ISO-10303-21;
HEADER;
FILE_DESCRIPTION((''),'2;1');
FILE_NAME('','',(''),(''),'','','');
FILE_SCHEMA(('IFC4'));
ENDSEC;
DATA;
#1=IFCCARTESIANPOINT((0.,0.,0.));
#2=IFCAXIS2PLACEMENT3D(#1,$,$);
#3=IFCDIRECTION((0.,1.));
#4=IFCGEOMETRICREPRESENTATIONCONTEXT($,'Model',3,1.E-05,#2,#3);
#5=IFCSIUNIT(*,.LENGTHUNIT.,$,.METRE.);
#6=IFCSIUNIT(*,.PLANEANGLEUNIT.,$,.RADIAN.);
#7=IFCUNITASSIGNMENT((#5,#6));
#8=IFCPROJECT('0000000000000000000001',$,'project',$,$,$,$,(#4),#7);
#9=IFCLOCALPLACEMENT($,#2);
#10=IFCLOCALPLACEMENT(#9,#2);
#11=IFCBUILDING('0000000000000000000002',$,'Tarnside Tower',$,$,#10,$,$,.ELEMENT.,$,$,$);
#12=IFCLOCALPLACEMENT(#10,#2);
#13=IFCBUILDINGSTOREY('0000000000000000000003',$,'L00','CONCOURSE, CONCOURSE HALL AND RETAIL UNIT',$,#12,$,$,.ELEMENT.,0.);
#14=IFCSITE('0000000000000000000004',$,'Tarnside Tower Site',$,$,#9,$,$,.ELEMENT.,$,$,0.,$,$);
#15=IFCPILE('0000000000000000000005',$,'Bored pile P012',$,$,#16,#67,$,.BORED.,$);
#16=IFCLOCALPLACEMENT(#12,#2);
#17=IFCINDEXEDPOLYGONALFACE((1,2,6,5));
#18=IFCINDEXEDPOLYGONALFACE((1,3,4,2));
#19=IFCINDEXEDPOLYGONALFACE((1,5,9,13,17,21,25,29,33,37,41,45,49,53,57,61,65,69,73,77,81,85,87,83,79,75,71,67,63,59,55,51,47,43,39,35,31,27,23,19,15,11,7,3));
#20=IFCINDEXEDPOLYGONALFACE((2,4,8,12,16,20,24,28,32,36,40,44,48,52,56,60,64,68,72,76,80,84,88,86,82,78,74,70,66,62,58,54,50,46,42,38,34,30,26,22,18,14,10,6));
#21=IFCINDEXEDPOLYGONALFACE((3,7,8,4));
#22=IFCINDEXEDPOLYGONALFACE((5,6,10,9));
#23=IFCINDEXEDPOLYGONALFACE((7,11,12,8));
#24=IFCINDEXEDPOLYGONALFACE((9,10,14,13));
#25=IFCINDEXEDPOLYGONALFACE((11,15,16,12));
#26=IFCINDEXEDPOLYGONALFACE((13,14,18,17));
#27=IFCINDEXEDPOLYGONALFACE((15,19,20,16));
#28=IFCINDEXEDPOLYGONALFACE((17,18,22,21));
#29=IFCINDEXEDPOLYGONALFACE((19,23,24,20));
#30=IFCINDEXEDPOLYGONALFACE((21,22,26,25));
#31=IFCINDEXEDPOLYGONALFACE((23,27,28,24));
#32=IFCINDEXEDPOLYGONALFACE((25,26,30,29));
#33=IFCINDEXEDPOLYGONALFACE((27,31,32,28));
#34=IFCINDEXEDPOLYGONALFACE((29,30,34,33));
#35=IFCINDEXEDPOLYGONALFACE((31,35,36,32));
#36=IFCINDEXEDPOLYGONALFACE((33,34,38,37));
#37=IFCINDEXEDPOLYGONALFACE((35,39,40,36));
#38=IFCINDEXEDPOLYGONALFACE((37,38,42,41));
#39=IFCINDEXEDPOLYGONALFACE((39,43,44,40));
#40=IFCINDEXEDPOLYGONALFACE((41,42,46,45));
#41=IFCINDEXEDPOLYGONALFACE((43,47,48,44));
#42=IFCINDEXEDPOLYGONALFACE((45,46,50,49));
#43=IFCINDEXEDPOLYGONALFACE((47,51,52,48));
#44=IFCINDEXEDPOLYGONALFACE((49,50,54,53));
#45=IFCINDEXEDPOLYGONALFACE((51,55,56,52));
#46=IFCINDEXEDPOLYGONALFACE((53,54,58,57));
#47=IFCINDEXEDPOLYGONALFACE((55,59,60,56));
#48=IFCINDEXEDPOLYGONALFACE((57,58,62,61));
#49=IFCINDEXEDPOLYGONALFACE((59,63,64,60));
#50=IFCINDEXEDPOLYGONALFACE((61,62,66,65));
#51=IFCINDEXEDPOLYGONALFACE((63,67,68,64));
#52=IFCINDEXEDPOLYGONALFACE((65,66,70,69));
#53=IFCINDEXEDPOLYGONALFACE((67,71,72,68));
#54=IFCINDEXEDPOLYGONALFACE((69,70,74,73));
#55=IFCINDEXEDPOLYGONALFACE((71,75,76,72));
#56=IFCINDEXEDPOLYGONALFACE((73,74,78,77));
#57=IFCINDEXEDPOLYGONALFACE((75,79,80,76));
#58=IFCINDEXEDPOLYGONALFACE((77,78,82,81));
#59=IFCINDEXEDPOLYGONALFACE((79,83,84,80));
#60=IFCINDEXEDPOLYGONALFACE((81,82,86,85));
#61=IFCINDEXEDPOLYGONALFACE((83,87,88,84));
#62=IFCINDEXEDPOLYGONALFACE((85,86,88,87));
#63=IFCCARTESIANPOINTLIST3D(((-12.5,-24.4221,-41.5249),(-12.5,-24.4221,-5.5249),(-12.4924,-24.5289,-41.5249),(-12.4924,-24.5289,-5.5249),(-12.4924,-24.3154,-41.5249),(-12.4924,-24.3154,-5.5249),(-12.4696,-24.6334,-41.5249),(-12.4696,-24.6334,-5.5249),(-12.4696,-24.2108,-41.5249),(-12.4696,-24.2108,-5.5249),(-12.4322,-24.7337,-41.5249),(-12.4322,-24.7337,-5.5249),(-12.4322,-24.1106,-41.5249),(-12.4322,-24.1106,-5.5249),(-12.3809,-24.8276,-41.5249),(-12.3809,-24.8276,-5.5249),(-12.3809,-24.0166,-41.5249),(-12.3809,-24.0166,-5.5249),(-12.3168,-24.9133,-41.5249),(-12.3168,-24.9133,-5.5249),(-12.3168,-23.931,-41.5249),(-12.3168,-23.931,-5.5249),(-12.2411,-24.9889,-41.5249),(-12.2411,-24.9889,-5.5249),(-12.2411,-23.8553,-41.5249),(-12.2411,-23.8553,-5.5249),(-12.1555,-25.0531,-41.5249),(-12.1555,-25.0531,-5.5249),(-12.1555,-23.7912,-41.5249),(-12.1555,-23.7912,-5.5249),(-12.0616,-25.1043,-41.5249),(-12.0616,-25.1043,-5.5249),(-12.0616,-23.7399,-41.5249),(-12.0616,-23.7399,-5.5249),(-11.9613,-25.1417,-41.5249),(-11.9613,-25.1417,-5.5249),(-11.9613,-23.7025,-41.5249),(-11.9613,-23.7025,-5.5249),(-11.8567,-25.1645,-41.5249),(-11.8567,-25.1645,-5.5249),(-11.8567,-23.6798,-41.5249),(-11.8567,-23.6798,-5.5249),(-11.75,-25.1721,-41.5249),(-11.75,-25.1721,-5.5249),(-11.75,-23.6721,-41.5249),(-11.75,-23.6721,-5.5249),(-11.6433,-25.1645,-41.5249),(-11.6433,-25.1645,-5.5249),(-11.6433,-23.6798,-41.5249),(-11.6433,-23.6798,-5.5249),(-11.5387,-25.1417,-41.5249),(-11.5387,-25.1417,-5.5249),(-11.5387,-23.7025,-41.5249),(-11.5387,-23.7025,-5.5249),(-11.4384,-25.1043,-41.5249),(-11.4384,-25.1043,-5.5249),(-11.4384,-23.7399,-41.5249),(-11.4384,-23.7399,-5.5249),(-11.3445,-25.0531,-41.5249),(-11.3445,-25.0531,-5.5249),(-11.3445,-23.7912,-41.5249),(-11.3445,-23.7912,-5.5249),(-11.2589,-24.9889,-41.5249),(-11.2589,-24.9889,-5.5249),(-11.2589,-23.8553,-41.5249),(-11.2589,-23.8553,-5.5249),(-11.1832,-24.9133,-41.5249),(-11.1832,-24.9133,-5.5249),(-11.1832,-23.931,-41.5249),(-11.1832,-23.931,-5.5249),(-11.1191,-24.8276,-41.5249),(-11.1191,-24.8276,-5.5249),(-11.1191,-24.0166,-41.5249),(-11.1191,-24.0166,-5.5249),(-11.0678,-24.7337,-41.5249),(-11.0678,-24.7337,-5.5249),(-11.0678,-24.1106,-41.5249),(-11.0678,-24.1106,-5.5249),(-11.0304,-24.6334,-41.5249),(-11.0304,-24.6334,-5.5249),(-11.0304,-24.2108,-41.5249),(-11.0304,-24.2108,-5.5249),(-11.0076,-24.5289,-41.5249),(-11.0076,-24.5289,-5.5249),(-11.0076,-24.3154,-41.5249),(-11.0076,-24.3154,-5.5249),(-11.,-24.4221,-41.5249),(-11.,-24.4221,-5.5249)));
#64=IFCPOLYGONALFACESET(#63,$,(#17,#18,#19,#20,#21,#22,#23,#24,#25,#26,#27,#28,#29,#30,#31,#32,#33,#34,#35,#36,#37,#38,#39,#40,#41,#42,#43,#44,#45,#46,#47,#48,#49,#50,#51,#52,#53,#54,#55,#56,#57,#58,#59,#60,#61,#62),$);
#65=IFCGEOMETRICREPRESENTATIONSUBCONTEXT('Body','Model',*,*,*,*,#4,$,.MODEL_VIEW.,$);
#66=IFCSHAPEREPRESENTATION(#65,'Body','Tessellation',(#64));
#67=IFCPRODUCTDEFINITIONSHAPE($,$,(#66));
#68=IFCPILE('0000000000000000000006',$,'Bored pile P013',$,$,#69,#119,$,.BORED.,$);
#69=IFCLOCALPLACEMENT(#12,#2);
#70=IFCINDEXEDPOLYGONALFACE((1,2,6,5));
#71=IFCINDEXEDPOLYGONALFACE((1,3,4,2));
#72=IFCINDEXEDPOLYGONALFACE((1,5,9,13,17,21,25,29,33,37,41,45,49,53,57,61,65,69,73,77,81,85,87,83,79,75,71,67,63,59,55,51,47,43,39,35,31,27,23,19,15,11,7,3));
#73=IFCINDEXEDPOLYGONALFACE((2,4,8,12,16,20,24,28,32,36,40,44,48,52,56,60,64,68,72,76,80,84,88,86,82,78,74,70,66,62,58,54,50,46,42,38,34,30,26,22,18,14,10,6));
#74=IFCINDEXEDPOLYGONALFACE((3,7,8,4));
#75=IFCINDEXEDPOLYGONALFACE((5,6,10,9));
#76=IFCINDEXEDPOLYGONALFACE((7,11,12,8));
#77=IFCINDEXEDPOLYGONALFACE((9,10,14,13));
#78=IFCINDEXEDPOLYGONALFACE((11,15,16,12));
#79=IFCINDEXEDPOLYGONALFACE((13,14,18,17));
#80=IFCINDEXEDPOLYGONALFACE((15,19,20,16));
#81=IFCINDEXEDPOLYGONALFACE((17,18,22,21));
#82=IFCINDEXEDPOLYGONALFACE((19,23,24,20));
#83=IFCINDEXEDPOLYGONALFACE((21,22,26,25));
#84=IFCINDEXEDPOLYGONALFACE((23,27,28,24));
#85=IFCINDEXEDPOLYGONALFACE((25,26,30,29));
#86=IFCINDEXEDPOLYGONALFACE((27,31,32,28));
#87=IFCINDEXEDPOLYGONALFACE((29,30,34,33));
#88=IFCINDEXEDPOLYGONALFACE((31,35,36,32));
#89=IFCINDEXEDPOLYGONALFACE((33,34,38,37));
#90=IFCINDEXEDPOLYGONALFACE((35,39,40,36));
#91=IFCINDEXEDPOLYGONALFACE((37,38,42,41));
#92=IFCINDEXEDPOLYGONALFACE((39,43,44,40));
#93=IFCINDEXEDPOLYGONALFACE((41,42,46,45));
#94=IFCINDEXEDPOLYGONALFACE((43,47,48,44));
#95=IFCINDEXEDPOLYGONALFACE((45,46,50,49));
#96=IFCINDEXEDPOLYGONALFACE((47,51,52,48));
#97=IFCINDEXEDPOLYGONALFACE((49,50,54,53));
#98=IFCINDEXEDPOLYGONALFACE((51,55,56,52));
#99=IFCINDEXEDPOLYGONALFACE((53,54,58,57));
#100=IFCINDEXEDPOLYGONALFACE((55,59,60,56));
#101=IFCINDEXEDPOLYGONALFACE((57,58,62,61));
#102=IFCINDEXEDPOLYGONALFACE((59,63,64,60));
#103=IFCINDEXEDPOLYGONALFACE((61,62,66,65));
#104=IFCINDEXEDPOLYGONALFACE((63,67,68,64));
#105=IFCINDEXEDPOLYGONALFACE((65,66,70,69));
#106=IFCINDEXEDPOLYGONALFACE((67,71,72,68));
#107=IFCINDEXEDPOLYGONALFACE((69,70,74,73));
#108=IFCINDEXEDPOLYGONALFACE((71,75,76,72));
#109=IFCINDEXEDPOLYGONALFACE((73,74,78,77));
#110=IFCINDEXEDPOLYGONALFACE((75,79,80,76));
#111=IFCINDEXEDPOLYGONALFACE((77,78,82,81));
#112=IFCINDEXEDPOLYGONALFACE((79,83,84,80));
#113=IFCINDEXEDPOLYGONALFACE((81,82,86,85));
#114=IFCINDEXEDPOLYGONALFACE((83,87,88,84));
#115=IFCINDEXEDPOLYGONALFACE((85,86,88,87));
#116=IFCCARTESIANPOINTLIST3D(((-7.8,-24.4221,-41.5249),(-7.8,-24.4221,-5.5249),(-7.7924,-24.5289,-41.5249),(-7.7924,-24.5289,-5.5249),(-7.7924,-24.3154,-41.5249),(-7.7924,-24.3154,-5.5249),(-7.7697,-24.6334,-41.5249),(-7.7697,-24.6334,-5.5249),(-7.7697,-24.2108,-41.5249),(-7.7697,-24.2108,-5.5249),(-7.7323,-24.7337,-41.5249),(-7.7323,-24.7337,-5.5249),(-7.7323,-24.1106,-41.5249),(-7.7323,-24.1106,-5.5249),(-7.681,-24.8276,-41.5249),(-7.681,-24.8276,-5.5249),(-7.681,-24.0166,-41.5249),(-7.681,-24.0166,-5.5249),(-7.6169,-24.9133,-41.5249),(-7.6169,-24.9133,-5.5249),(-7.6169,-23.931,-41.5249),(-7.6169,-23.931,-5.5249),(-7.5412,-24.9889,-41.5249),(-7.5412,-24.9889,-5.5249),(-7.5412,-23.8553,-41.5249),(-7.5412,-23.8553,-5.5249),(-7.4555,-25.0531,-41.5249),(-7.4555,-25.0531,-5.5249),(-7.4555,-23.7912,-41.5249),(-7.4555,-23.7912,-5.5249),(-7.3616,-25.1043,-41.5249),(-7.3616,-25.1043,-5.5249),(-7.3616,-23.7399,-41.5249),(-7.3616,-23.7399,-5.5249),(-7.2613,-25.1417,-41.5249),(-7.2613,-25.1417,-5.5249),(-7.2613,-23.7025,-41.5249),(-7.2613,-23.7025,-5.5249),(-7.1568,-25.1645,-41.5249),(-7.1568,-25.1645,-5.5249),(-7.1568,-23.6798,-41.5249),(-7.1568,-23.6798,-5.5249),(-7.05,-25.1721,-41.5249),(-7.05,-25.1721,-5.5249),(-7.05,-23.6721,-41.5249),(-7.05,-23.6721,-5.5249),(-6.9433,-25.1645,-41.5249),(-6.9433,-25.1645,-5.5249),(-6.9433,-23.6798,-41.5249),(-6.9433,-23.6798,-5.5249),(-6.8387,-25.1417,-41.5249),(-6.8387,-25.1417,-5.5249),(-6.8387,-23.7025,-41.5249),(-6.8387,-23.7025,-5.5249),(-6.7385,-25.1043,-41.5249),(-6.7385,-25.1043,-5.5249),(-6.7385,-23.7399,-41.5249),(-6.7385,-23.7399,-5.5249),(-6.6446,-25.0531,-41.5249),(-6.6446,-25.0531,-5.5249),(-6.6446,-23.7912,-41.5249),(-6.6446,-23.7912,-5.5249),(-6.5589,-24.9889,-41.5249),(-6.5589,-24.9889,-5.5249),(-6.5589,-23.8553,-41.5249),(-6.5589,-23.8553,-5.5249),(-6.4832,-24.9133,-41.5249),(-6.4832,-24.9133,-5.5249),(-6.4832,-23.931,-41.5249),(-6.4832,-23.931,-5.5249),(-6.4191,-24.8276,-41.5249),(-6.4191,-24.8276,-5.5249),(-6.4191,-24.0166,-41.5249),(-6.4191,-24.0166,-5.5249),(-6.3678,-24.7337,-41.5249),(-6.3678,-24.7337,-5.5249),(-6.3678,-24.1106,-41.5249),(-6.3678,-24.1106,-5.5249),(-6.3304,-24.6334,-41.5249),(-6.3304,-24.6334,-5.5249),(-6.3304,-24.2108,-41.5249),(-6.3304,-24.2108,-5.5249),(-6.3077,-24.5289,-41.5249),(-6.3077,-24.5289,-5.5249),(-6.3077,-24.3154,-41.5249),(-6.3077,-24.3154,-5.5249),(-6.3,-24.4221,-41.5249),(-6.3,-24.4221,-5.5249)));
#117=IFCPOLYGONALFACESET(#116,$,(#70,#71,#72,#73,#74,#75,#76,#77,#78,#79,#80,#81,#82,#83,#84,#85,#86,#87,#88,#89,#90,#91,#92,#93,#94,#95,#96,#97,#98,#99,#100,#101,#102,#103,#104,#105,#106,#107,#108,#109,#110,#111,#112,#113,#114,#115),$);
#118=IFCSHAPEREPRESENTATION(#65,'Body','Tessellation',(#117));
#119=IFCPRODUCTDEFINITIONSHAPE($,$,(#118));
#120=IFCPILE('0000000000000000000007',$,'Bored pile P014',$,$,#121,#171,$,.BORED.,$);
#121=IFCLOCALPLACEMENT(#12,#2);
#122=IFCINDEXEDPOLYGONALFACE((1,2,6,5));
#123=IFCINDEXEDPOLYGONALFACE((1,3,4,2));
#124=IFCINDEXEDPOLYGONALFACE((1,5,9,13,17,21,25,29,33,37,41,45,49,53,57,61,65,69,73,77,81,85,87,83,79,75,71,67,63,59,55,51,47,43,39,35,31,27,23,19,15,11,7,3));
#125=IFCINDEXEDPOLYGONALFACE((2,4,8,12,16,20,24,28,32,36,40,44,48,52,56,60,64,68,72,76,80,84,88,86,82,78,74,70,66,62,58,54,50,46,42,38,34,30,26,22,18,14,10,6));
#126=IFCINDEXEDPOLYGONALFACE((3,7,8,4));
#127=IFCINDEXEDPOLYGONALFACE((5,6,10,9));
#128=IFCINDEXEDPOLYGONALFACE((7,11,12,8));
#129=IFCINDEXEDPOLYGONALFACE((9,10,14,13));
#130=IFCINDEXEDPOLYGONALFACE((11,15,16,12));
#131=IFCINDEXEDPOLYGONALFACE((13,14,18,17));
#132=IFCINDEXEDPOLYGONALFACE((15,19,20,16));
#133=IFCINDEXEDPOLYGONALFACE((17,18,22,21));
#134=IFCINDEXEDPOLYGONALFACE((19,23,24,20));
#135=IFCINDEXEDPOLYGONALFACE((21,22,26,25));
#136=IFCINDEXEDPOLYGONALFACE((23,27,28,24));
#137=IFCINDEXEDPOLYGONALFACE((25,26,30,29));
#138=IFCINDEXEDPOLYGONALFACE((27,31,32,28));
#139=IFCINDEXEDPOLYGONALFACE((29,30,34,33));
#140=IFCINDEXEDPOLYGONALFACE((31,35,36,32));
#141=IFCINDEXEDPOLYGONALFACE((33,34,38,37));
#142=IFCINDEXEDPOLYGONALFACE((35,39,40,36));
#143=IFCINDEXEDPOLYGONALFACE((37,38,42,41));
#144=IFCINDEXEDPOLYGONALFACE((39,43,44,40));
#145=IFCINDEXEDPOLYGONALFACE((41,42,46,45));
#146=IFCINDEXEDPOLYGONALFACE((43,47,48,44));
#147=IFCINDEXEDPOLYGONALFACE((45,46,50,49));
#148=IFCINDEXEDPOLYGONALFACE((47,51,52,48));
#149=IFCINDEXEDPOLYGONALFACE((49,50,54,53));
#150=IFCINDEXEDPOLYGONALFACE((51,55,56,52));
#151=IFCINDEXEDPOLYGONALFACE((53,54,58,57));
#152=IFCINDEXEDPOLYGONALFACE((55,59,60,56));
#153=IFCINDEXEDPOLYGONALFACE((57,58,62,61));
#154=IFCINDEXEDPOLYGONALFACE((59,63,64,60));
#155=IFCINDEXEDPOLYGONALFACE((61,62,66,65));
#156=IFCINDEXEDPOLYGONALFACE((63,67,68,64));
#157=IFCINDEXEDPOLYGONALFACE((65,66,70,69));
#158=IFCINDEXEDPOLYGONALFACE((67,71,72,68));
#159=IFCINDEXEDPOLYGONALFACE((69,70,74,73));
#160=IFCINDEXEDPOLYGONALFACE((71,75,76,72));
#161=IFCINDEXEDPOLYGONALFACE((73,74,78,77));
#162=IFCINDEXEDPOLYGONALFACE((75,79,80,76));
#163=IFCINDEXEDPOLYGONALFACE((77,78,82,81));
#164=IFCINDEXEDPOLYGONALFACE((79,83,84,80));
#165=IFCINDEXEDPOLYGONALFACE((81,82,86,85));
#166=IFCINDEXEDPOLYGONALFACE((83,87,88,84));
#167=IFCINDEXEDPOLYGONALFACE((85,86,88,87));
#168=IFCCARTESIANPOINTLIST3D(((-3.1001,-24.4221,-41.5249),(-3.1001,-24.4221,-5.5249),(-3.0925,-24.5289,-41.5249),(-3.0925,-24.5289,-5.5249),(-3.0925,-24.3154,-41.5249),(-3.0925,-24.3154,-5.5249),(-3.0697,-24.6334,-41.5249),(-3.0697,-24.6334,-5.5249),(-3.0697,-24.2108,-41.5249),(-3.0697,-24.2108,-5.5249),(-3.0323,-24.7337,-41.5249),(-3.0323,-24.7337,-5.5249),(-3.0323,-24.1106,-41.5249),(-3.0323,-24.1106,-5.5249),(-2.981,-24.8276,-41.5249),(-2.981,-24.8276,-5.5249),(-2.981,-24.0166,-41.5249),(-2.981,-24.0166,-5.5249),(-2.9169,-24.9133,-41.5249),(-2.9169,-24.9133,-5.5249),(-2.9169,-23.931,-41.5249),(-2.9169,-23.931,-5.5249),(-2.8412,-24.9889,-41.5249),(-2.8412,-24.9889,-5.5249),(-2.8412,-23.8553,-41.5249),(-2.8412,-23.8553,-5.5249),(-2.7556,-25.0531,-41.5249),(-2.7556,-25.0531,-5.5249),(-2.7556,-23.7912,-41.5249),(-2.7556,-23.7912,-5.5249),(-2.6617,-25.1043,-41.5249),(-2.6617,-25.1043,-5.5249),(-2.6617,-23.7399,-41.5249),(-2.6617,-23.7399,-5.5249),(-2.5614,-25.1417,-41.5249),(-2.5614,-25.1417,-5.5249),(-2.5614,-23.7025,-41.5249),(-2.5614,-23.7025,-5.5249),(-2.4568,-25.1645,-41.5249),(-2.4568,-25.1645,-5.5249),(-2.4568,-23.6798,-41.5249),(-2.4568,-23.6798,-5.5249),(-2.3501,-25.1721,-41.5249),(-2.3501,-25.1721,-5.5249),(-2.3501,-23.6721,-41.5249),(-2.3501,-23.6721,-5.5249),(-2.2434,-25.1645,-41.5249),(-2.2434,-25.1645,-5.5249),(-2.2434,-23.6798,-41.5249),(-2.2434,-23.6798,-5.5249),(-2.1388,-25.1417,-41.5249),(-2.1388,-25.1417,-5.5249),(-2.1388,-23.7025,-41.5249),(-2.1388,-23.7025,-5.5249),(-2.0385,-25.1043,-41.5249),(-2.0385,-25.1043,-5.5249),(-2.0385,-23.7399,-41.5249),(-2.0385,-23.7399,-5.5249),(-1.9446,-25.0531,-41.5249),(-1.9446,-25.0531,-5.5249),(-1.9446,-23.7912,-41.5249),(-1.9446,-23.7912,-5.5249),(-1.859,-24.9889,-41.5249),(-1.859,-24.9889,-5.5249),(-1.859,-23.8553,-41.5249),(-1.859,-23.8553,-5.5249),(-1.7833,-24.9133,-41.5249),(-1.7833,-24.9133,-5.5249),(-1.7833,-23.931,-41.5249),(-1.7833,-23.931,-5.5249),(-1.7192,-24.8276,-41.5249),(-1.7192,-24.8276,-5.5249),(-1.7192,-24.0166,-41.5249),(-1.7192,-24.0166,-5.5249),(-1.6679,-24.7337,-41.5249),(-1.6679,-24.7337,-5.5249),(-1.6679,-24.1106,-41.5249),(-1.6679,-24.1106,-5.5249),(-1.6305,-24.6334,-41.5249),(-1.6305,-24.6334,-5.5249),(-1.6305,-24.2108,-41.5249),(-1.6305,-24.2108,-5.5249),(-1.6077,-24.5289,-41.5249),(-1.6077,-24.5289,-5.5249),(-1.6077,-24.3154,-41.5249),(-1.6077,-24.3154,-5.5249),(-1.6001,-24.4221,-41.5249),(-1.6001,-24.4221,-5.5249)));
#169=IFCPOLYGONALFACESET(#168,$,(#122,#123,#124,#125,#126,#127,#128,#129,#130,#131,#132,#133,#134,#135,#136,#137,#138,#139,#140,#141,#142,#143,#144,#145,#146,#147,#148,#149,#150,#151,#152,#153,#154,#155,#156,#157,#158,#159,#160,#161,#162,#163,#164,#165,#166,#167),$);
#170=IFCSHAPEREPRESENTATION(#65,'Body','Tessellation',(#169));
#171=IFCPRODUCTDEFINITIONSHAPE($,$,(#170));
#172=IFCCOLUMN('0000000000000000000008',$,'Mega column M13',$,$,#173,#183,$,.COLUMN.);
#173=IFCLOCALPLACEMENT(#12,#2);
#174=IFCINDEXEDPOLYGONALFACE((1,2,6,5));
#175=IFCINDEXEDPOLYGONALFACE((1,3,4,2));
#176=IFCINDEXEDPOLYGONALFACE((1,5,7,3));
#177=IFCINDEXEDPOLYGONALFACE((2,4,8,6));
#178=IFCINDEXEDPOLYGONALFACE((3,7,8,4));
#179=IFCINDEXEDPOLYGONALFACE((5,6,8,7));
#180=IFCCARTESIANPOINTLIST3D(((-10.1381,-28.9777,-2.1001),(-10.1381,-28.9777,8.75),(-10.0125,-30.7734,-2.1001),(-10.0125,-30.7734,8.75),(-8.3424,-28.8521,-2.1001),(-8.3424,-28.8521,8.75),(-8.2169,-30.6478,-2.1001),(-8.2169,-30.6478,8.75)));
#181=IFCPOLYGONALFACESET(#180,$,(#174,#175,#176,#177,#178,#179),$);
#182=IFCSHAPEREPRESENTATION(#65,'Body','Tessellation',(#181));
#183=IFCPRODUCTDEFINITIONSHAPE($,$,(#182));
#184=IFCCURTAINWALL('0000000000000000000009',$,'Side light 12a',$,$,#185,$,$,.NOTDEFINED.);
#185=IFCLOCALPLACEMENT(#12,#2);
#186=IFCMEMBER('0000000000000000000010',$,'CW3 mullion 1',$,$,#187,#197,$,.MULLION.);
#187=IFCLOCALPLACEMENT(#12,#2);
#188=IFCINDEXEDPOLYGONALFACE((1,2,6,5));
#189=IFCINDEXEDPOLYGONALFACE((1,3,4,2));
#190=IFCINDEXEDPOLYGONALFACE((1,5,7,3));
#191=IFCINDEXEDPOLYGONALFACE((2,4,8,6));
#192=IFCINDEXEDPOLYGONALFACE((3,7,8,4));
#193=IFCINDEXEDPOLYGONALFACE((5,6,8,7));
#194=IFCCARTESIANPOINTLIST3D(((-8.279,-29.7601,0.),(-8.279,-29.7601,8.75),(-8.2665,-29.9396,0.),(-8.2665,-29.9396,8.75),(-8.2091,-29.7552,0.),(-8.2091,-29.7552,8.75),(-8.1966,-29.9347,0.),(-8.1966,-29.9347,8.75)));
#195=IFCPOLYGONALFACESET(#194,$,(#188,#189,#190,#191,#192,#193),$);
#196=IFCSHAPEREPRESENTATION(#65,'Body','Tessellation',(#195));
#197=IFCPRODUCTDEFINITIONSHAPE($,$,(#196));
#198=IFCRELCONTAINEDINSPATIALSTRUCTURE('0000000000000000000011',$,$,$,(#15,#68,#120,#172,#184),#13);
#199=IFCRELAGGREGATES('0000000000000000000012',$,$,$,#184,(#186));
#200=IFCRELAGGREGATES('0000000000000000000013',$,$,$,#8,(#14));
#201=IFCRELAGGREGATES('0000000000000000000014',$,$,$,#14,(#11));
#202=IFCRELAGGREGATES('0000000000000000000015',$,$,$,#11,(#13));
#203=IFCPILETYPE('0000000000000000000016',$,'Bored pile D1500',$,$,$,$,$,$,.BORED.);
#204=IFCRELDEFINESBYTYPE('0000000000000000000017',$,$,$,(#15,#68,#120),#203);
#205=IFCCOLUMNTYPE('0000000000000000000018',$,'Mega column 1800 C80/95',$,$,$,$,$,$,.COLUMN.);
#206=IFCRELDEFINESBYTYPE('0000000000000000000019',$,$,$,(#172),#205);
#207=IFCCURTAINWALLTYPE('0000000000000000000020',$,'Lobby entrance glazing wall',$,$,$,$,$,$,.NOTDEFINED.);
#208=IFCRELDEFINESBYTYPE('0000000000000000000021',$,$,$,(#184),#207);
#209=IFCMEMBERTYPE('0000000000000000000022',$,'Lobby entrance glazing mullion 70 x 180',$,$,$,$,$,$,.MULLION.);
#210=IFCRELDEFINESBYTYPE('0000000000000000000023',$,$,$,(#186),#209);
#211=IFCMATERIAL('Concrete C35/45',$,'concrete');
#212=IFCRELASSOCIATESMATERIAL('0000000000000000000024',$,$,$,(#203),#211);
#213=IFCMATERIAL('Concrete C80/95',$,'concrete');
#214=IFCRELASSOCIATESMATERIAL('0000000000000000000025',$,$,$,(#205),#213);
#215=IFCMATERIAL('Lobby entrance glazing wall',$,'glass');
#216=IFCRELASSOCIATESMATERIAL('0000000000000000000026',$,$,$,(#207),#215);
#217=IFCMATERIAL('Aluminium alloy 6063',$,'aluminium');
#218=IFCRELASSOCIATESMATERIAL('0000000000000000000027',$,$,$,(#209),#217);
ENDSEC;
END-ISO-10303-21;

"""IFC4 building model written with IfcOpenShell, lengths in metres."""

from ifc_helpers import new_model, si_unit, direction, frame, origin, origin_2d, place, context, subcontext, project, spatial, rectangle, circle, extrude, material, material_profile, profile_set, type_object, element, aggregate, save


model = new_model("IFC4")

# Units and contexts
model_context = context("Model", 3, precision=1e-05, world=origin(), true_north=direction((0.0, 1.0)))
body_context = subcontext(model_context, "Body", "Model", "MODEL_VIEW")
ifc_project = project(units=[si_unit("LENGTHUNIT", "METRE"), si_unit("PLANEANGLEUNIT", "RADIAN")], contexts=[model_context])

# Site, building, storey
site_placement = place(None, origin())
site = spatial("IfcSite", under=ifc_project, at=site_placement, Name="Tarnside Tower Site", CompositionType="ELEMENT", RefElevation=0.0)
building_placement = place(site_placement, origin())
building = spatial("IfcBuilding", under=site, at=building_placement, Name="Tarnside Tower", CompositionType="ELEMENT")
storey_placement = place(building_placement, origin())
storey = spatial("IfcBuildingStorey", under=building, at=storey_placement, Name="L00", Description="CONCOURSE, CONCOURSE HALL AND RETAIL UNIT", CompositionType="ELEMENT", Elevation=0.0)

# Piles
ifc_material_1 = material(Name="Concrete C35/45", Category="concrete")
ifc_material_profile_1 = material_profile(ifc_material_1, circle(Radius=0.75, at=origin_2d()), Name="Bored pile D1500")
ifc_profile_set_1 = profile_set([ifc_material_profile_1], Name="Concrete C35/45")
pile_type = type_object("IfcPileType", Name="Bored pile D1500", PredefinedType="BORED", material=ifc_profile_set_1)
for number, where, z_axis, x_axis, name in (
    (1, (-11.75, -24.4221, -5.5249), (0.0, 0.0, -1.0), (1.0, 0.0, 0.0), "Bored pile P012"),
    (2, (-7.05, -24.4221, -5.5249), (0.0, 0.0, -1.0), (1.0, 0.0, 0.0), "Bored pile P013"),
    (3, (-2.3501, -24.4221, -5.5249), (0.0, 0.0, -1.0), (1.0, 0.0, 0.0), "Bored pile P014"),
):
    element("IfcPile", number, at=place(storey_placement, frame(where, z_axis=z_axis, x_axis=x_axis)), inside=storey, type_object=pile_type, Name=name, PredefinedType="BORED", context=body_context, shape_type="SweptSolid", body=[
        extrude(circle(Radius=0.75, at=origin_2d()), origin(), (0.0, 0.0, 1.0), 36.0),
    ])

# Column
ifc_material_2 = material(Name="Concrete C80/95", Category="concrete")
ifc_material_profile_2 = material_profile(ifc_material_2, rectangle(XDim=1.8, YDim=1.8, at=origin_2d()), Name="Mega column 1800x1800")
ifc_profile_set_2 = profile_set([ifc_material_profile_2], Name="Concrete C80/95")
column_type = type_object("IfcColumnType", Name="Mega column 1800 C80/95", PredefinedType="COLUMN", material=ifc_profile_set_2)
column_placement = place(storey_placement, frame((-9.1775, -29.8127, -2.1001), z_axis=(0.0, 0.0, 1.0), x_axis=(-0.997564, -0.069756, 0.0)))
element("IfcColumn", 4, at=column_placement, inside=storey, type_object=column_type, Name="Mega column M13", PredefinedType="COLUMN", context=body_context, shape_type="SweptSolid", body=[
    extrude(rectangle(XDim=1.8, YDim=1.8, at=origin_2d()), origin(), (0.0, 0.0, 1.0), 10.8501),
])

# Curtain wall, member
ifc_material_3 = material(Name="Lobby entrance glazing wall", Category="glass")
curtain_wall_type_1 = type_object("IfcCurtainWallType", Name="Lobby entrance glazing wall", PredefinedType="NOTDEFINED", material=ifc_material_3)
curtain_wall_1_placement = place(storey_placement, origin())
curtain_wall_1 = element("IfcCurtainWall", 5, at=curtain_wall_1_placement, inside=storey, type_object=curtain_wall_type_1, Name="Side light 12a", PredefinedType="NOTDEFINED")
ifc_material_4 = material(Name="Aluminium alloy 6063", Category="aluminium")
ifc_material_profile_3 = material_profile(ifc_material_4, rectangle(XDim=0.1799, YDim=0.0701, at=origin_2d()), Name="Lobby entrance glazing mullion 70 x 180")
ifc_profile_set_3 = profile_set([ifc_material_profile_3], Name="Aluminium alloy 6063")
member_type_1 = type_object("IfcMemberType", Name="Lobby entrance glazing mullion 70 x 180", PredefinedType="MULLION", material=ifc_profile_set_3)
member_1_placement = place(storey_placement, frame((-8.2378, -29.8474, 0.0), z_axis=(0.0, 0.0, 1.0), x_axis=(-0.069756, 0.997564, 0.0)))
member_1 = element("IfcMember", 6, at=member_1_placement, type_object=member_type_1, Name="CW3 mullion 1", PredefinedType="MULLION", context=body_context, shape_type="SweptSolid", body=[
    extrude(rectangle(XDim=0.1799, YDim=0.0701, at=origin_2d()), origin(), (0.0, 0.0, 1.0), 8.75),
])

aggregate(curtain_wall_1, [member_1])

save(model, "model.ifc")
